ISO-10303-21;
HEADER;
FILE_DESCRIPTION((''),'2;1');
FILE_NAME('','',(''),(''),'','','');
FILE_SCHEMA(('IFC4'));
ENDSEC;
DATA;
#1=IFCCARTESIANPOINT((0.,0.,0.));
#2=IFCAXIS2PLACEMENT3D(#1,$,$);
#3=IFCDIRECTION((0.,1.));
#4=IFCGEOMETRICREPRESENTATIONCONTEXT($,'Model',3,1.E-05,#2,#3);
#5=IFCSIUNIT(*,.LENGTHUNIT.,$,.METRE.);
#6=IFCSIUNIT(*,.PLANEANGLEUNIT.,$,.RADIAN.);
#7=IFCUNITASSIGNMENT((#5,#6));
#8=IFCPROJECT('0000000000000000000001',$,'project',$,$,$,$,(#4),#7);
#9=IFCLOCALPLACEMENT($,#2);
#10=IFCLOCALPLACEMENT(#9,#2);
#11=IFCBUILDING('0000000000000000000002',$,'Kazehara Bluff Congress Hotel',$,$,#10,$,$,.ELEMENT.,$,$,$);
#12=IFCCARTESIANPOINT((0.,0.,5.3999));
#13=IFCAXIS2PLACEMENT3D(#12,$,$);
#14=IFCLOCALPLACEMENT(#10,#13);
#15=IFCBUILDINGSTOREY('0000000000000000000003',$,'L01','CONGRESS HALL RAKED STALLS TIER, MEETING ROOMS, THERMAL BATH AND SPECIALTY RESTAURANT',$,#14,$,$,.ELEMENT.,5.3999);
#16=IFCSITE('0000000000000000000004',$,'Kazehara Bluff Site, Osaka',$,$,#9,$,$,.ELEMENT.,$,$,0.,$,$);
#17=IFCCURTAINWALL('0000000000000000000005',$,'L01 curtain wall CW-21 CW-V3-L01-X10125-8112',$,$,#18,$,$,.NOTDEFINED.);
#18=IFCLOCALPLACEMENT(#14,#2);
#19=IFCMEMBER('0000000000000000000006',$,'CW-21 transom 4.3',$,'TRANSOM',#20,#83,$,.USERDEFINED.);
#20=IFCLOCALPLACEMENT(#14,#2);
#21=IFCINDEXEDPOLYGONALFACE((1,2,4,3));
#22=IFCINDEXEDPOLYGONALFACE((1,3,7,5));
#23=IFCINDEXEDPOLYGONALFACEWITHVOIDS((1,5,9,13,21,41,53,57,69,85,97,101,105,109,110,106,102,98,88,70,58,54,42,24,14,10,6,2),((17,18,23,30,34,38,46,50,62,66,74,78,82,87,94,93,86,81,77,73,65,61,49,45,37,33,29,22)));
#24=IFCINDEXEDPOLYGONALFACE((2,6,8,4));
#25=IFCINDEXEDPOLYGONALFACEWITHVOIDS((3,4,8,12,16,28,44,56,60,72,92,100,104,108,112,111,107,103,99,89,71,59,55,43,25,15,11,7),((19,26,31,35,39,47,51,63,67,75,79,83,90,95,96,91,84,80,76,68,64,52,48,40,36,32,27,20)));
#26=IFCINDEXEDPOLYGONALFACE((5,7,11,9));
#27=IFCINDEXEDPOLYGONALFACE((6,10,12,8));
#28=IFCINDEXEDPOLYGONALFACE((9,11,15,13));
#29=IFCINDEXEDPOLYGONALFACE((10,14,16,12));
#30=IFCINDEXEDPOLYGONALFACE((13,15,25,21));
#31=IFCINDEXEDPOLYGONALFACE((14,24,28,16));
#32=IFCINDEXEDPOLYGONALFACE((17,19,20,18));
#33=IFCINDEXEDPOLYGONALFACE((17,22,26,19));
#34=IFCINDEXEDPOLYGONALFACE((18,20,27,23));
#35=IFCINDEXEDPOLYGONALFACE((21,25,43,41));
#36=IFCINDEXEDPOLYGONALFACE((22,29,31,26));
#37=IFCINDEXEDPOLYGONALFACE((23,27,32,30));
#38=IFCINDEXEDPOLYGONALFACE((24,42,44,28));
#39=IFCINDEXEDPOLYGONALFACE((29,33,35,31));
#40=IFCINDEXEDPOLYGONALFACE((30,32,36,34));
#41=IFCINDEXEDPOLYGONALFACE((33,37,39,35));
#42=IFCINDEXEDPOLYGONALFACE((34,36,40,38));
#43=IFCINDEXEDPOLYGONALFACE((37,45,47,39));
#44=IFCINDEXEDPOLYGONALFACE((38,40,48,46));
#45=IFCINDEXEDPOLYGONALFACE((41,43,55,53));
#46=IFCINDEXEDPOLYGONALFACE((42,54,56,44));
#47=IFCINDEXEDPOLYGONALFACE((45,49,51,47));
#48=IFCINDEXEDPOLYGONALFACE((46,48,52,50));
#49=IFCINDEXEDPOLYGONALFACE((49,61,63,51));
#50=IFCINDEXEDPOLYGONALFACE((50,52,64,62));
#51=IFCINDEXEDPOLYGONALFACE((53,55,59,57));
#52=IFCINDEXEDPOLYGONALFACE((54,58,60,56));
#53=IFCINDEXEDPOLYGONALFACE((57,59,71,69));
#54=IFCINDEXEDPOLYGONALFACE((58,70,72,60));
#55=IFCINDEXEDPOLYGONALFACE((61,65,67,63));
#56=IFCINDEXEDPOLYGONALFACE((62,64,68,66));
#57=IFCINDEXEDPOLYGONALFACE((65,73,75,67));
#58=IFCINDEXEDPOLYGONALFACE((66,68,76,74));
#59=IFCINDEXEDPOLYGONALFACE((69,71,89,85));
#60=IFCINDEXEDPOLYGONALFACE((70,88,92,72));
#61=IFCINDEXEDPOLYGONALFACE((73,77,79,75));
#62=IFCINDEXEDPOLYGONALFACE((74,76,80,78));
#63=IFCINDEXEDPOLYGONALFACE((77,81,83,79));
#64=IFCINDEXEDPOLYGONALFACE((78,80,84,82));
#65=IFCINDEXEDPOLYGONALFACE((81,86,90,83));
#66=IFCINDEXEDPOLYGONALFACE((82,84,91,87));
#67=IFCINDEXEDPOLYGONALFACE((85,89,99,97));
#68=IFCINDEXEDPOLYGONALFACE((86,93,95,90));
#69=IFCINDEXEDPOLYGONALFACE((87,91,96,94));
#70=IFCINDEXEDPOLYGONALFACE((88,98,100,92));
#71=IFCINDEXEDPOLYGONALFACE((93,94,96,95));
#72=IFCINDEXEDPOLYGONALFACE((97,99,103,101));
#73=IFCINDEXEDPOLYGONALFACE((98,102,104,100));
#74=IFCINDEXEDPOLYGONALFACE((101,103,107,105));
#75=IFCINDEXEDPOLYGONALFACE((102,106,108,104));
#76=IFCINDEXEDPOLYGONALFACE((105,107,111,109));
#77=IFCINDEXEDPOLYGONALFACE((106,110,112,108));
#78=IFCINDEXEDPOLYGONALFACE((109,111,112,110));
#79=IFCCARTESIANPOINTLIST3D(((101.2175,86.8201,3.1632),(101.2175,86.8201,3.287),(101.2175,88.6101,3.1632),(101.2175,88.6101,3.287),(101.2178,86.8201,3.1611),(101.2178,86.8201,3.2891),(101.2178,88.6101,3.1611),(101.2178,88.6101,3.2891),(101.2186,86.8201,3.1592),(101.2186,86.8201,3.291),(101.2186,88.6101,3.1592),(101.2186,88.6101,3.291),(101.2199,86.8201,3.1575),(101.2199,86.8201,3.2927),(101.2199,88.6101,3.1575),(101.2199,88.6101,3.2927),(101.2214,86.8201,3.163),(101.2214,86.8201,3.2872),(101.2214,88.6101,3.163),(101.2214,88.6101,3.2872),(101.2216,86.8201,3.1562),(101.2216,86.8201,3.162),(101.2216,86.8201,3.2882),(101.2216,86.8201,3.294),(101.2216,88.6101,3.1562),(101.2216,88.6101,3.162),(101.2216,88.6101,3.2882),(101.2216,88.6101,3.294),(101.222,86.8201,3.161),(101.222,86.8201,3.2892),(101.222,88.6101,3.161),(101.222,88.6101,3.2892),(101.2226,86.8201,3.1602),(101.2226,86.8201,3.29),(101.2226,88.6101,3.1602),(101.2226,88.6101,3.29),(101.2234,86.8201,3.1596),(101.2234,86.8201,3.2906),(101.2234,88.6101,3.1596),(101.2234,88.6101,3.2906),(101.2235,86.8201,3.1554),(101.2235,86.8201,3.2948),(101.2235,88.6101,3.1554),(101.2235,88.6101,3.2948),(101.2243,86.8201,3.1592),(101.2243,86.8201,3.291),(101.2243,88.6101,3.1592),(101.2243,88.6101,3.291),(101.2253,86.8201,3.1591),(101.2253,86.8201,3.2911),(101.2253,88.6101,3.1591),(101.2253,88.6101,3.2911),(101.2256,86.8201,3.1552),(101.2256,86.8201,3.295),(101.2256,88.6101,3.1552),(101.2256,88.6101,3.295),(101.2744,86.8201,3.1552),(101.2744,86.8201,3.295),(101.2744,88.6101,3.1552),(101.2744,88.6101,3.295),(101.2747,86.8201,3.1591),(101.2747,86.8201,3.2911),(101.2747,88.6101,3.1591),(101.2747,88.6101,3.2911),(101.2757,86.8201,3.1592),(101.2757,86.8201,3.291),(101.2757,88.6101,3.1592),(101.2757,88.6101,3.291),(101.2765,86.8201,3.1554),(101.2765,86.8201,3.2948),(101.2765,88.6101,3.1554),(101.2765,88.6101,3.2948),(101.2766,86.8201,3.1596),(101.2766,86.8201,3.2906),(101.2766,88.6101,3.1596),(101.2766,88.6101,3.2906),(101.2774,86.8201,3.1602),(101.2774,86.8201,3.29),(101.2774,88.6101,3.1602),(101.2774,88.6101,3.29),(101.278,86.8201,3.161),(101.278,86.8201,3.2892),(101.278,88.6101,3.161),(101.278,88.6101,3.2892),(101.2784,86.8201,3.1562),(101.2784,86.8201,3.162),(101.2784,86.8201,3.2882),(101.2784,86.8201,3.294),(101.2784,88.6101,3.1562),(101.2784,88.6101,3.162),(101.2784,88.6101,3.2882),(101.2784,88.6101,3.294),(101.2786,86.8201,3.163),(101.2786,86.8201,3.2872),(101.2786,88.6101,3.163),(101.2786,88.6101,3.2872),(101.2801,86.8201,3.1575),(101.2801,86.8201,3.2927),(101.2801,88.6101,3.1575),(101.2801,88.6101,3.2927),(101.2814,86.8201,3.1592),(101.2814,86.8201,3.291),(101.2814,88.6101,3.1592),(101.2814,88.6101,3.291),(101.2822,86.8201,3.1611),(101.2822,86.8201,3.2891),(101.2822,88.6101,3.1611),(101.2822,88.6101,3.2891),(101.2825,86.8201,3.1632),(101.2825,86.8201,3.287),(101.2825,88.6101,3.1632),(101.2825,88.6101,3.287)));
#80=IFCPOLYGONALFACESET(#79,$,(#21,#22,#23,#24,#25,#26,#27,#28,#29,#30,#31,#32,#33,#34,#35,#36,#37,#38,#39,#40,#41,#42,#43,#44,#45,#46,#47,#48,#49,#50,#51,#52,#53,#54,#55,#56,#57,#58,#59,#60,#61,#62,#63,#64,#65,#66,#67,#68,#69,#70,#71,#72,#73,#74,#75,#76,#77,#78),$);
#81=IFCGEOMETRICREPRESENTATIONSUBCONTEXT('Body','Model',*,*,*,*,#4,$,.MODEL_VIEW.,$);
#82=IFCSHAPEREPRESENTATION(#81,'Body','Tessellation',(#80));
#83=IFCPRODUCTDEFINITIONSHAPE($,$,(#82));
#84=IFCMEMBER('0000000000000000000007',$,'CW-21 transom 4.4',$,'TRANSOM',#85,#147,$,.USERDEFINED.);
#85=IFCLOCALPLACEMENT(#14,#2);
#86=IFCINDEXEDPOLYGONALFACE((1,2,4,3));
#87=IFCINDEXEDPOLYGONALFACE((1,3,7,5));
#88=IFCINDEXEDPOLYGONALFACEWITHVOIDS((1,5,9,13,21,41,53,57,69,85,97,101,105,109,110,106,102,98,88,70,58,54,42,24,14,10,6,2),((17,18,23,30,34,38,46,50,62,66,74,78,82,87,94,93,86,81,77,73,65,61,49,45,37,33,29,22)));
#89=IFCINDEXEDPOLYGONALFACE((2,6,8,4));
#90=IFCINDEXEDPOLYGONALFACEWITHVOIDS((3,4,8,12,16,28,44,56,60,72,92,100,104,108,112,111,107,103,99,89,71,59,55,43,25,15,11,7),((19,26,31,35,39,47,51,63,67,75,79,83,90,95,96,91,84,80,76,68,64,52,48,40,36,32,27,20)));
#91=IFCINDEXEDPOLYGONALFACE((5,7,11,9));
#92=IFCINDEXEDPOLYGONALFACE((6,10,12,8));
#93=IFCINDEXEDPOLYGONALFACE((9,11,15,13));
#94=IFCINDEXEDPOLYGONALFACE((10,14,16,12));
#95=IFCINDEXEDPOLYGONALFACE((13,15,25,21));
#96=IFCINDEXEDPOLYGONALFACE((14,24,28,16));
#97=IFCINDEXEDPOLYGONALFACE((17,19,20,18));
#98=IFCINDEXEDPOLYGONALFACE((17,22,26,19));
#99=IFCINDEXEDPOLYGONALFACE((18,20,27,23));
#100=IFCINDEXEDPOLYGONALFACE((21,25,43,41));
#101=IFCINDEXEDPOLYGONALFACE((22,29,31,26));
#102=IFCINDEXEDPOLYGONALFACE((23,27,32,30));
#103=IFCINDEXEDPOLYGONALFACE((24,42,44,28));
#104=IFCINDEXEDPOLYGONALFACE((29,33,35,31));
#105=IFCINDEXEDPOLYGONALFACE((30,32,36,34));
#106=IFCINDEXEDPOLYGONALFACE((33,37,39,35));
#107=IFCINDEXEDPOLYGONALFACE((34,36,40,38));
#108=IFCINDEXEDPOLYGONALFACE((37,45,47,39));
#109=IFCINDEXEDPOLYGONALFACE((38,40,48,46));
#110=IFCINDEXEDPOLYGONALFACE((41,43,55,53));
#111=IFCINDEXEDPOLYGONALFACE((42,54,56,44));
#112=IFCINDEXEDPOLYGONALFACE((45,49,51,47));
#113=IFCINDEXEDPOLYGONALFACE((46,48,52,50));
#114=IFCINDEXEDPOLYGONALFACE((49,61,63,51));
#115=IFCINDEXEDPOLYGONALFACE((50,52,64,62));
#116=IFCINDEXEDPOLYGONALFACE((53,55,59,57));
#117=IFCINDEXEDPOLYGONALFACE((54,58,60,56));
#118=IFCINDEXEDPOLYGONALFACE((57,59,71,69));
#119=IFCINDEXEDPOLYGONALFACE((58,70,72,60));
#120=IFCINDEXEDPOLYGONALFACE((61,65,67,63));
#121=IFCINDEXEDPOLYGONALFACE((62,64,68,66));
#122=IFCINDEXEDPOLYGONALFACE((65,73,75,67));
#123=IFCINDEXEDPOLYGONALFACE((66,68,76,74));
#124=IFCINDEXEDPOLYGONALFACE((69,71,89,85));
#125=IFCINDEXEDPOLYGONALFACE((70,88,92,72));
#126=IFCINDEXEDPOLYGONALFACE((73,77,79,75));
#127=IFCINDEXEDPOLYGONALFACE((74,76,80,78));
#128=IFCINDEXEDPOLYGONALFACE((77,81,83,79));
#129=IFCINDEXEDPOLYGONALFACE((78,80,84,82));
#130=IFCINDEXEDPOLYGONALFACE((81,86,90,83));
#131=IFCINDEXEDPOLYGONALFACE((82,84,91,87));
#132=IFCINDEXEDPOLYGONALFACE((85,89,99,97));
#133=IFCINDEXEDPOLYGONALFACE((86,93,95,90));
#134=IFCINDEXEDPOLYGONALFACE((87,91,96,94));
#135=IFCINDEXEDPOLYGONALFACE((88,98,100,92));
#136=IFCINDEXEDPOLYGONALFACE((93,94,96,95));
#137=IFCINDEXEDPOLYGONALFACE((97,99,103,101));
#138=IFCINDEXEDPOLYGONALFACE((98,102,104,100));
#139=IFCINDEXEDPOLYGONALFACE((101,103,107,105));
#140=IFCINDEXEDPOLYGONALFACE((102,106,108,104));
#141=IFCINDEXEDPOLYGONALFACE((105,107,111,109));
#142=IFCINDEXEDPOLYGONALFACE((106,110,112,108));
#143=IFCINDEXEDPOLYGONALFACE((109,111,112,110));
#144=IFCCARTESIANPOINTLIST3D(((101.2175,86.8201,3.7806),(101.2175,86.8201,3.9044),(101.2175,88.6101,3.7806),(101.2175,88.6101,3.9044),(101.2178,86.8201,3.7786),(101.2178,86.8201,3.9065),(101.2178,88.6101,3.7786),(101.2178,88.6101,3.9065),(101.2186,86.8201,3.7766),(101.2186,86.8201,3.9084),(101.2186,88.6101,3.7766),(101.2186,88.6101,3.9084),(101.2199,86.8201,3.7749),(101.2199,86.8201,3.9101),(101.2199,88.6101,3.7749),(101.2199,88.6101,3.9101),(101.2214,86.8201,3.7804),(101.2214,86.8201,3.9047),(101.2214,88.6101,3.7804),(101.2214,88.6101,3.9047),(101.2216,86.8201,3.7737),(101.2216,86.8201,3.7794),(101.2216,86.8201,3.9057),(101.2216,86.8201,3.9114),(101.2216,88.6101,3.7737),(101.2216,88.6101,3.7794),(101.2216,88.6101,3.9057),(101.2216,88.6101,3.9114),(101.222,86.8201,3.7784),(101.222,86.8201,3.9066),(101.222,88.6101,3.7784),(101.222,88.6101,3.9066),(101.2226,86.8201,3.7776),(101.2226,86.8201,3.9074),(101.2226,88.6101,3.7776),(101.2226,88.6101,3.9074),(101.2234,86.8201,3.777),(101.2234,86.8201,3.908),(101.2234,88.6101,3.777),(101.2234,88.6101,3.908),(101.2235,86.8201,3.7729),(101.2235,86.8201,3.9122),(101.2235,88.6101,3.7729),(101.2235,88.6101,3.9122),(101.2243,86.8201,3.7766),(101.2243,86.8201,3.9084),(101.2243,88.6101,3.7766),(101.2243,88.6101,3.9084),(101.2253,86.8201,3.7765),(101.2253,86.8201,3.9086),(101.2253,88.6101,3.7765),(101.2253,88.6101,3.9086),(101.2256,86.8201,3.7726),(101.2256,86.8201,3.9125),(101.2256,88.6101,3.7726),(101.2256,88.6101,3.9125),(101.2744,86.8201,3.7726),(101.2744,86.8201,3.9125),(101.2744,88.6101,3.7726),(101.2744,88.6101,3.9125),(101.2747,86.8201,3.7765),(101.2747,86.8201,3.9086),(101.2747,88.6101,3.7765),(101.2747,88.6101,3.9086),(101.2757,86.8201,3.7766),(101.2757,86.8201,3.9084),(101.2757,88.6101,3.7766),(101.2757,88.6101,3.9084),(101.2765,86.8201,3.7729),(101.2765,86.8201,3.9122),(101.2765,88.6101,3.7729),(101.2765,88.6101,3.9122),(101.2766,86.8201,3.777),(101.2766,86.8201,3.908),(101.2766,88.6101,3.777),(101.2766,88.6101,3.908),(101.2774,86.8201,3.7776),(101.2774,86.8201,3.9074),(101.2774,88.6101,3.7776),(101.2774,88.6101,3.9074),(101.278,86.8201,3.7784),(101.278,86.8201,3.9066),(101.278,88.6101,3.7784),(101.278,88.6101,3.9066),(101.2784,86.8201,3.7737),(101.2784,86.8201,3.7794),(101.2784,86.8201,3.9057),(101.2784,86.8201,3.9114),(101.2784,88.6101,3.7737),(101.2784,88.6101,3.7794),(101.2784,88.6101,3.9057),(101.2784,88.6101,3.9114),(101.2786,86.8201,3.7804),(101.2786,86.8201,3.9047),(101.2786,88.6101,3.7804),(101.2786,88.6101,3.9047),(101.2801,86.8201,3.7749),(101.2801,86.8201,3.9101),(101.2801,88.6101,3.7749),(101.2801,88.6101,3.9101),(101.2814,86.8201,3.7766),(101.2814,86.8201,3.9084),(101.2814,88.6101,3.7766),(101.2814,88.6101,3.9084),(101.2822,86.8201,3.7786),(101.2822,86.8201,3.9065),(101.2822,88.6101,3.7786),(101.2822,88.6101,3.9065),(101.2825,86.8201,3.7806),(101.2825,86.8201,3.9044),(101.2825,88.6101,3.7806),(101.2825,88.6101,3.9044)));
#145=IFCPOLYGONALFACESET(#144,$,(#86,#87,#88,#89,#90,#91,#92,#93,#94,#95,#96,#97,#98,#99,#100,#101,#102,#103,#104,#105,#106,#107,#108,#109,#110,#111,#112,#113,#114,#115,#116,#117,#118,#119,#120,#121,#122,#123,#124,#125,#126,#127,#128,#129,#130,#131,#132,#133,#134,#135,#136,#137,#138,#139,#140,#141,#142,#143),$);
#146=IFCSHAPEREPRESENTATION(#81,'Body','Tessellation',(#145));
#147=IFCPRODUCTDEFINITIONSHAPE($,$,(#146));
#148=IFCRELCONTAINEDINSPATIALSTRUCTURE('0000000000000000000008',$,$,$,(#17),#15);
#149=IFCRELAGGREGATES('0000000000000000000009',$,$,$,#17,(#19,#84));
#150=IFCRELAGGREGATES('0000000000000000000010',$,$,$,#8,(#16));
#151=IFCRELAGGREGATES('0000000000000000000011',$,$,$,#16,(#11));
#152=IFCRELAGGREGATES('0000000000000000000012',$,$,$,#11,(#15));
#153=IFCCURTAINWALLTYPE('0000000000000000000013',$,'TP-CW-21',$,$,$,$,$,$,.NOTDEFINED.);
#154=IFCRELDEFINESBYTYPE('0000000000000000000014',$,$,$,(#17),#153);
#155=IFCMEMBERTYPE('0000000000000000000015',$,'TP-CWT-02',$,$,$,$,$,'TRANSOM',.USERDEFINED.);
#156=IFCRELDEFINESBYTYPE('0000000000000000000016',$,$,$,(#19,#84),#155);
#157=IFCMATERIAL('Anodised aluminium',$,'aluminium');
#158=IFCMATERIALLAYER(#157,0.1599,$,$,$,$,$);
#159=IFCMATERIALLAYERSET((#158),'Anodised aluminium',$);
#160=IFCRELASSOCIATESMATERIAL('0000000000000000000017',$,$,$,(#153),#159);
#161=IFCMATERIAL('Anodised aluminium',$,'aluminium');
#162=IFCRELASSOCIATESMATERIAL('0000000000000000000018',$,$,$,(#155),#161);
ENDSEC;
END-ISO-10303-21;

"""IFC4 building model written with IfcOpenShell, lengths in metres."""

from ifc_helpers import new_model, si_unit, direction, frame, origin, origin_2d, place, context, subcontext, project, spatial, hollow_rectangle, extrude, material, layer, layer_set, material_profile, profile_set, type_object, element, aggregate, save


model = new_model("IFC4")

# Units and contexts
model_context = context("Model", 3, precision=1e-05, world=origin(), true_north=direction((0.0, 1.0)))
body_context = subcontext(model_context, "Body", "Model", "MODEL_VIEW")
ifc_project = project(units=[si_unit("LENGTHUNIT", "METRE"), si_unit("PLANEANGLEUNIT", "RADIAN")], contexts=[model_context])

# Site, building, storey
site_placement = place(None, origin())
site = spatial("IfcSite", under=ifc_project, at=site_placement, Name="Kazehara Bluff Site, Osaka", CompositionType="ELEMENT", RefElevation=0.0)
building_placement = place(site_placement, origin())
building = spatial("IfcBuilding", under=site, at=building_placement, Name="Kazehara Bluff Congress Hotel", CompositionType="ELEMENT")
storey_placement = place(building_placement, frame((0.0, 0.0, 5.3999)))
storey = spatial("IfcBuildingStorey", under=building, at=storey_placement, Name="L01", Description="CONGRESS HALL RAKED STALLS TIER, MEETING ROOMS, THERMAL BATH AND SPECIALTY RESTAURANT", CompositionType="ELEMENT", Elevation=5.3999)

# Curtain wall
ifc_material_1 = material(Name="Anodised aluminium", Category="aluminium")
ifc_layer_1 = layer(ifc_material_1, 0.1599)
ifc_layer_set_1 = layer_set([ifc_layer_1], Name="Anodised aluminium")
curtain_wall_type = type_object("IfcCurtainWallType", Name="TP-CW-21", PredefinedType="NOTDEFINED", material=ifc_layer_set_1)
curtain_wall_1_placement = place(storey_placement, origin())
curtain_wall_1 = element("IfcCurtainWall", 1, at=curtain_wall_1_placement, inside=storey, type_object=curtain_wall_type, Name="L01 curtain wall CW-21 CW-V3-L01-X10125-8112", PredefinedType="NOTDEFINED")

# Members
ifc_material_2 = material(Name="Anodised aluminium", Category="aluminium")
ifc_material_profile_1 = material_profile(ifc_material_2, hollow_rectangle(XDim=0.0649, YDim=0.1399, WallThickness=0.0039, InnerFilletRadius=0.0039, OuterFilletRadius=0.0081, at=origin_2d()))
ifc_profile_set_1 = profile_set([ifc_material_profile_1], Name="Anodised aluminium")
member_type_1 = type_object("IfcMemberType", Name="TP-CWT-02", ElementType="TRANSOM", PredefinedType="USERDEFINED", material=ifc_profile_set_1)
member_1_placement = place(storey_placement, frame((101.25, 86.8201, 3.2251), z_axis=(0.0, 1.0, 0.0), x_axis=(-1.0, 0.0, 0.0)))
member_1 = element("IfcMember", 2, at=member_1_placement, type_object=member_type_1, Name="CW-21 transom 4.3", ObjectType="TRANSOM", PredefinedType="USERDEFINED", context=body_context, shape_type="SweptSolid", body=[
    extrude(hollow_rectangle(XDim=0.0649, YDim=0.1399, WallThickness=0.0039, InnerFilletRadius=0.0039, OuterFilletRadius=0.0081, at=origin_2d()), origin(), (0.0, 0.0, 1.0), 1.79),
])
member_2_placement = place(storey_placement, frame((101.25, 86.8201, 3.8425), z_axis=(0.0, 1.0, 0.0), x_axis=(-1.0, 0.0, 0.0)))
member_2 = element("IfcMember", 3, at=member_2_placement, type_object=member_type_1, Name="CW-21 transom 4.4", ObjectType="TRANSOM", PredefinedType="USERDEFINED", context=body_context, shape_type="SweptSolid", body=[
    extrude(hollow_rectangle(XDim=0.0649, YDim=0.1399, WallThickness=0.0039, InnerFilletRadius=0.0039, OuterFilletRadius=0.0081, at=origin_2d()), origin(), (0.0, 0.0, 1.0), 1.79),
])

aggregate(curtain_wall_1, [member_1, member_2])

save(model, "model.ifc")
